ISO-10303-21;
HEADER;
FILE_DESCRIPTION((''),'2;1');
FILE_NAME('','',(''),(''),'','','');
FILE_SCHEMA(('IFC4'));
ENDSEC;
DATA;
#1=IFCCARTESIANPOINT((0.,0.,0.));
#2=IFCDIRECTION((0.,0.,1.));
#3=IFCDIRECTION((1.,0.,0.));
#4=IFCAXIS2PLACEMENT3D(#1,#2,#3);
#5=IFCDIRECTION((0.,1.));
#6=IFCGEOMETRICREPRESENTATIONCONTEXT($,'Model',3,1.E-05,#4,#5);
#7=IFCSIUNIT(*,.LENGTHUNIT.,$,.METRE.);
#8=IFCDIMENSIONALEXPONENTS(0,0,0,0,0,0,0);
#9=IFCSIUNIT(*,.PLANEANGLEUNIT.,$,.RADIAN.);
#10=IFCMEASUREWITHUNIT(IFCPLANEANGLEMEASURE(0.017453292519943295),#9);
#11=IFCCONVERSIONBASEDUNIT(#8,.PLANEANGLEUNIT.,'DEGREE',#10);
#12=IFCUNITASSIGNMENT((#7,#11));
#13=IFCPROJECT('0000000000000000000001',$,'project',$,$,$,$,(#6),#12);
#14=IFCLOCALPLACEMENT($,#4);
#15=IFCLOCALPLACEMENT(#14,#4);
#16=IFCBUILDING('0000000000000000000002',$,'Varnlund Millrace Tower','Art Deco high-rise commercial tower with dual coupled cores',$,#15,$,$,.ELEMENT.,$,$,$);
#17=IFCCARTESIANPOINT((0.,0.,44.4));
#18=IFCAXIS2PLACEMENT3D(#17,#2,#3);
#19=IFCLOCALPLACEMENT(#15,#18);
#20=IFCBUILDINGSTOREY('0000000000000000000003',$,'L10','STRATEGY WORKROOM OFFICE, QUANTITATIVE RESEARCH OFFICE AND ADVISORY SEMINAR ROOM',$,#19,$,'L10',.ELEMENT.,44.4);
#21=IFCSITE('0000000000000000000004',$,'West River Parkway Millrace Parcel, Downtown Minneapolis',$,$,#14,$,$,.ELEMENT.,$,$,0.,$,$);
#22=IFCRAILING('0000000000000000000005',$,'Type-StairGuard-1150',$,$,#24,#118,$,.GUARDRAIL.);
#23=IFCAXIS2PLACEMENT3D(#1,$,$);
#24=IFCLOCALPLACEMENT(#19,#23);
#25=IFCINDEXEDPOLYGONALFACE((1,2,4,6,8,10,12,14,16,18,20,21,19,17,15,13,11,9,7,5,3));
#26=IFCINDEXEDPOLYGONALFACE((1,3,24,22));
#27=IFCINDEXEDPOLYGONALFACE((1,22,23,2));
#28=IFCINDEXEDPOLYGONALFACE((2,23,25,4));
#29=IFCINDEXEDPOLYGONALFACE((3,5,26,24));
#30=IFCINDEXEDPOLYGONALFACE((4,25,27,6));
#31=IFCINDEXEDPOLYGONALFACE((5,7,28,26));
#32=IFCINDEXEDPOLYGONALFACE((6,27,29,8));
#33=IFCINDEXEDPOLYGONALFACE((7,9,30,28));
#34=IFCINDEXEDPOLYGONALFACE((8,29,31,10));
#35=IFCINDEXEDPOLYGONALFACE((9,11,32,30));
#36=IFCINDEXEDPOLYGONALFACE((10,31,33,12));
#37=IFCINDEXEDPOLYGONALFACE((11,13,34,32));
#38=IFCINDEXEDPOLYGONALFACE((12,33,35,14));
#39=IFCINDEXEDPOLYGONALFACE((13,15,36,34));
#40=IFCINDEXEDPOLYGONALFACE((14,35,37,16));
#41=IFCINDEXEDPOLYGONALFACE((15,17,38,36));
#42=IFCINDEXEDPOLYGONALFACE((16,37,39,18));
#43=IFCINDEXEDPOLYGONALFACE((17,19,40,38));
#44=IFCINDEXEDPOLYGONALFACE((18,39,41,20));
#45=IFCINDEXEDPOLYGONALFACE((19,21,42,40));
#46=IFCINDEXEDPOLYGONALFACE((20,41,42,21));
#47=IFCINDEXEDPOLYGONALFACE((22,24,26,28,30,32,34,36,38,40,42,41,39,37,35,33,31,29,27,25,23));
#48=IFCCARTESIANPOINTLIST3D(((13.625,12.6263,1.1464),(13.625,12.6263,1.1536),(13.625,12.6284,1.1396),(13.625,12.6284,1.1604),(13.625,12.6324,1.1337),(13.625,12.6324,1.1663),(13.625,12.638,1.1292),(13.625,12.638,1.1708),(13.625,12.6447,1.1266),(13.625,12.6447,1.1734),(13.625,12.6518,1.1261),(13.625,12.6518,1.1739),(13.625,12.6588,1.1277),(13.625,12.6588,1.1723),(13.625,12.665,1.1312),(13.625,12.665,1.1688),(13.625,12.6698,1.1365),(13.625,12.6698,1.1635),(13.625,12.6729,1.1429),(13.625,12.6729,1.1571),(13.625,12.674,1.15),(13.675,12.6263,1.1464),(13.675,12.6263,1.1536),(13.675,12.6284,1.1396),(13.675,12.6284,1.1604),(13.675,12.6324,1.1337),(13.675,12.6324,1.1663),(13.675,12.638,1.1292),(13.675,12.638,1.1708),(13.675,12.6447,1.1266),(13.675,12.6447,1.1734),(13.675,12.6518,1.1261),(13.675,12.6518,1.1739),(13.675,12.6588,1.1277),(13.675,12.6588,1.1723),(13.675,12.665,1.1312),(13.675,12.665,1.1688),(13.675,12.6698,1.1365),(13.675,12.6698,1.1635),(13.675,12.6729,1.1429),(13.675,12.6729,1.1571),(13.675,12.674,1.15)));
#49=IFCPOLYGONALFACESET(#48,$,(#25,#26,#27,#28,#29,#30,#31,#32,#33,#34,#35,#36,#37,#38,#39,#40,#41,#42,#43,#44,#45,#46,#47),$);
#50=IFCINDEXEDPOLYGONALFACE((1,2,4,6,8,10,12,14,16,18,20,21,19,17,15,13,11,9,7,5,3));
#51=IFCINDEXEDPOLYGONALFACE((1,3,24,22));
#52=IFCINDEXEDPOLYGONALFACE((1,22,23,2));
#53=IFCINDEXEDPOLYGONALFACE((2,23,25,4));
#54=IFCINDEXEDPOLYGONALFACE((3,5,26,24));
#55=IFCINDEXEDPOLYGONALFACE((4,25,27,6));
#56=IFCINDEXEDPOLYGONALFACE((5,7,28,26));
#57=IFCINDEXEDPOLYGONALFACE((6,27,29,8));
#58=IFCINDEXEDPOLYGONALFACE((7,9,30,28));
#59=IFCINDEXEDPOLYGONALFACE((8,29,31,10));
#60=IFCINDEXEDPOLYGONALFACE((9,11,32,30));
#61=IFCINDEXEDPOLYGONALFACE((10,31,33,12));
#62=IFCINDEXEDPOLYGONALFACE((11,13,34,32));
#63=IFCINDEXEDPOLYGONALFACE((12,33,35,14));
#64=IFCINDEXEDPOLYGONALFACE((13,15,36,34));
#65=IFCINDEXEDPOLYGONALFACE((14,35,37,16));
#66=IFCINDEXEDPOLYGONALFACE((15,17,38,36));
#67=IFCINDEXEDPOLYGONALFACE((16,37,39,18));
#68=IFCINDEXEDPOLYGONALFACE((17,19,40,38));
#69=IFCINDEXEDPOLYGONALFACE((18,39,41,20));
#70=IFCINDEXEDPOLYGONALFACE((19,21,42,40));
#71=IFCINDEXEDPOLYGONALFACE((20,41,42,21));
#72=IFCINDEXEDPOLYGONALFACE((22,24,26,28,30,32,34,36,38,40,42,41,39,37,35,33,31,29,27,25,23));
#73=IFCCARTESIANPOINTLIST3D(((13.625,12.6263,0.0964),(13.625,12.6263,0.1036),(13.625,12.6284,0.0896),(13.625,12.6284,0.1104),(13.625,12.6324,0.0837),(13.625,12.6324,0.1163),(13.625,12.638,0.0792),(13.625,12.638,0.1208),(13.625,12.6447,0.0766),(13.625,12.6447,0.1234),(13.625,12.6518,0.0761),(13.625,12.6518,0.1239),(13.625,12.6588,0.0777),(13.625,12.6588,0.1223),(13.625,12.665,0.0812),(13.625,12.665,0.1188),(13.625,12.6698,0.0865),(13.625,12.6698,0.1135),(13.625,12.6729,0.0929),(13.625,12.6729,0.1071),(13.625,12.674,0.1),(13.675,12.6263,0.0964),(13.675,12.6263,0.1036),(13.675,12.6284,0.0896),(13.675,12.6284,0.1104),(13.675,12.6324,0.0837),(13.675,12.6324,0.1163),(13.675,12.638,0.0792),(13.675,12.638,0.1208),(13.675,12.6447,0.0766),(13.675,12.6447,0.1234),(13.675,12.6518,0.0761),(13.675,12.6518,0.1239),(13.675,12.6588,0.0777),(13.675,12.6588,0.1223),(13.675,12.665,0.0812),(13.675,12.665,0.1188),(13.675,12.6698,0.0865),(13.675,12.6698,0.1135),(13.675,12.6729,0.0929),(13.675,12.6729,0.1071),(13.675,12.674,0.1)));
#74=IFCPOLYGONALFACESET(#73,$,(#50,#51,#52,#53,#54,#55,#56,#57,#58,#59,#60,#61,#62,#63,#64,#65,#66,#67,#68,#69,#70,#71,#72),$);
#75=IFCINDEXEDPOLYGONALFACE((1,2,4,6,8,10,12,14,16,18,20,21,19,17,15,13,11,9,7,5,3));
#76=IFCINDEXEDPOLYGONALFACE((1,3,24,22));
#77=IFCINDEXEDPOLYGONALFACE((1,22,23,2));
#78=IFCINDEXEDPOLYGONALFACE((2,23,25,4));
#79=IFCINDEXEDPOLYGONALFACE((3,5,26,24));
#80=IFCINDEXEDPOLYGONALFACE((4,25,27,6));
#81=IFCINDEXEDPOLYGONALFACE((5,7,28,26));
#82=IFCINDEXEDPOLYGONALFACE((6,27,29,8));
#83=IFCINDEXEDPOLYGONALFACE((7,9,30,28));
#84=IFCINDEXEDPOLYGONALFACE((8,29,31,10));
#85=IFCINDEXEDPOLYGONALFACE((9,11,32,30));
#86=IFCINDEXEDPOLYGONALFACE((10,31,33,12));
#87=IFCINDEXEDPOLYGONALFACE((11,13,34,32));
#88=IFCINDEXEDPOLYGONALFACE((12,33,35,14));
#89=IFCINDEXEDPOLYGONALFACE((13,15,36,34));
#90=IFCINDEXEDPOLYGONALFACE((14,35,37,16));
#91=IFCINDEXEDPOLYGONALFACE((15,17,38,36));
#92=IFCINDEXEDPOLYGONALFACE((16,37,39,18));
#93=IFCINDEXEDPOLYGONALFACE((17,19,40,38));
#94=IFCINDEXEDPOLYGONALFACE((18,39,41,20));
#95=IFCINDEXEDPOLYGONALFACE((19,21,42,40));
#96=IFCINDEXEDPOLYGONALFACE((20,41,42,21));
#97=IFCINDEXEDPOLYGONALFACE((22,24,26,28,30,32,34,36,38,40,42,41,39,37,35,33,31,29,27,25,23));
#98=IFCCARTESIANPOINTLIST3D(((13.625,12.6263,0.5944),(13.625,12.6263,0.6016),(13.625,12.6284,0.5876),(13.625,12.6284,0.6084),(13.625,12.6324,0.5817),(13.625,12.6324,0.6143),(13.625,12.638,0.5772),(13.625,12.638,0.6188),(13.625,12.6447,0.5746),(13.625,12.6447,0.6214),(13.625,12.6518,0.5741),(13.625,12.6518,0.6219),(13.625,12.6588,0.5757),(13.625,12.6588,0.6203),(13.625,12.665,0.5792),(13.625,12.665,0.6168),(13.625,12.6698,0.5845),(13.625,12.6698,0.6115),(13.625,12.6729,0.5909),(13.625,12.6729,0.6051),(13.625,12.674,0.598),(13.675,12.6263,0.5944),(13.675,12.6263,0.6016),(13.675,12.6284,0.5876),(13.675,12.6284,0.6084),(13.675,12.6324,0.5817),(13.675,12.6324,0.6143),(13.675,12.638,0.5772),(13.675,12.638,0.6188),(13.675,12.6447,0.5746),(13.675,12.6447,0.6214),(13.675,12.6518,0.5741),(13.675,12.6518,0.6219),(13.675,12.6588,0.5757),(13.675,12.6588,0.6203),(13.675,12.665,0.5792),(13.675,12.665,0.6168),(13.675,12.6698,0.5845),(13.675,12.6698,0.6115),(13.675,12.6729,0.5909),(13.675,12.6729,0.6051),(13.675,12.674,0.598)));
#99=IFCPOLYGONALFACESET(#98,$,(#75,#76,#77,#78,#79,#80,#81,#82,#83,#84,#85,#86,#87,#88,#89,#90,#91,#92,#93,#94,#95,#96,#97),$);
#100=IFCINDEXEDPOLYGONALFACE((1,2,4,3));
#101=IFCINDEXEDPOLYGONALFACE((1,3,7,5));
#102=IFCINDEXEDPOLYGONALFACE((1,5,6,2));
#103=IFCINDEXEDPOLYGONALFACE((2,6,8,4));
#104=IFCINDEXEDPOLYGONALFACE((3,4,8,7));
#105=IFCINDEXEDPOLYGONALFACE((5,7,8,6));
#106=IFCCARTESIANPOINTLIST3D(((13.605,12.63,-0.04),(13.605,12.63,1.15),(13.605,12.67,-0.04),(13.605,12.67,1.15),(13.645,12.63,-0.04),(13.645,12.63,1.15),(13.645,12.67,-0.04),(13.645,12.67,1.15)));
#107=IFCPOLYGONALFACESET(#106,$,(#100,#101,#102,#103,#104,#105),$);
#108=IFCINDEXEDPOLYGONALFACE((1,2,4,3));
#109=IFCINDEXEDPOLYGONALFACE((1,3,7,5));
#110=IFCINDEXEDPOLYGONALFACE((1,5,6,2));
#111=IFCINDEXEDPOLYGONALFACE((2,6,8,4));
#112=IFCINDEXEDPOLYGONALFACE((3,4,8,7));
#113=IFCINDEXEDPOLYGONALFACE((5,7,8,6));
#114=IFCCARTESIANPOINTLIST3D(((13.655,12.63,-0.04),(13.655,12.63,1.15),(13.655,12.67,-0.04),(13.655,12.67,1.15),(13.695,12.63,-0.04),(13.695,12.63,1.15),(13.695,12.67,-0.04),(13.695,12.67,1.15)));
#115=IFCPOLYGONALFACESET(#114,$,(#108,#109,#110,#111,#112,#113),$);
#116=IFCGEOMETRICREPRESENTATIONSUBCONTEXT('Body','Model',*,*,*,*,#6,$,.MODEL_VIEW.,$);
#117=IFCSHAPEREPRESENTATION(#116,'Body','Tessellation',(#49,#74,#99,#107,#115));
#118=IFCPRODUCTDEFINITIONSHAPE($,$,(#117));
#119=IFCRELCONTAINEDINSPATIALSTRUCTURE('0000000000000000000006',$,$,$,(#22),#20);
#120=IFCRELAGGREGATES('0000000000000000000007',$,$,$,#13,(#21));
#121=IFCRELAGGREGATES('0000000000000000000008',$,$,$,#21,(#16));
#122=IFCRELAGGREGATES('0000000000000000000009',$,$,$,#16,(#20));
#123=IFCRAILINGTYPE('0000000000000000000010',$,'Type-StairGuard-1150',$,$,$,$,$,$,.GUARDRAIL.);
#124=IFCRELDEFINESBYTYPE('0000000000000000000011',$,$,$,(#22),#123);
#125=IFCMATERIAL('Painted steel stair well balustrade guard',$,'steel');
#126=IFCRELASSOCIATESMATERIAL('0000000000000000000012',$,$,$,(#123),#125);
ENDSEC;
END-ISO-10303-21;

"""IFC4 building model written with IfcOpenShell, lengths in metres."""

from ifc_helpers import new_model, entity, si_unit, converted_unit, direction, frame, origin_with_axes, origin_2d_with_axis, place, context, subcontext, project, spatial, rectangle, circle, extrude, material, type_object, element, save


model = new_model("IFC4")

# Units and contexts
model_context = context("Model", 3, precision=1e-05, world=origin_with_axes(), true_north=direction((0.0, 1.0)))
body_context = subcontext(model_context, "Body", "Model", "MODEL_VIEW")
ifc_project = project(units=[si_unit("LENGTHUNIT", "METRE"), converted_unit("PLANEANGLEUNIT", "DEGREE", entity("IfcPlaneAngleMeasure", 0.017453292519943295), si_unit("PLANEANGLEUNIT", "RADIAN"), dimensions=[0, 0, 0, 0, 0, 0, 0])], contexts=[model_context])

# Site, building, storey
site_placement = place(None, origin_with_axes())
site = spatial("IfcSite", under=ifc_project, at=site_placement, Name="West River Parkway Millrace Parcel, Downtown Minneapolis", CompositionType="ELEMENT", RefElevation=0.0)
building_placement = place(site_placement, origin_with_axes())
building = spatial("IfcBuilding", under=site, at=building_placement, Name="Varnlund Millrace Tower", Description="Art Deco high-rise commercial tower with dual coupled cores", CompositionType="ELEMENT")
storey_placement = place(building_placement, frame((0.0, 0.0, 44.4), z_axis=(0.0, 0.0, 1.0), x_axis=(1.0, 0.0, 0.0)))
storey = spatial("IfcBuildingStorey", under=building, at=storey_placement, Name="L10", Description="STRATEGY WORKROOM OFFICE, QUANTITATIVE RESEARCH OFFICE AND ADVISORY SEMINAR ROOM", LongName="L10", CompositionType="ELEMENT", Elevation=44.4)

# Railing
ifc_material_1 = material(Name="Painted steel stair well balustrade guard", Category="steel")
railing_type_1 = type_object("IfcRailingType", Name="Type-StairGuard-1150", PredefinedType="GUARDRAIL", material=ifc_material_1)
railing_1_placement = place(storey_placement, frame((0.0, 0.0, -44.4), z_axis=(0.0, 0.0, 1.0), x_axis=(1.0, 0.0, 0.0)))
element("IfcRailing", 1, at=railing_1_placement, inside=storey, type_object=railing_type_1, Name="Type-StairGuard-1150", PredefinedType="GUARDRAIL", context=body_context, shape_type="SweptSolid", body=[
    extrude(circle(Radius=0.024, at=origin_2d_with_axis()), frame((13.625, 12.65, 45.55), z_axis=(1.0, 0.0, 0.0), x_axis=(0.0, 1.0, 0.0)), (0.0, 0.0, 1.0), 0.05),
    extrude(circle(Radius=0.024, at=origin_2d_with_axis()), frame((13.625, 12.65, 44.5), z_axis=(1.0, 0.0, 0.0), x_axis=(0.0, 1.0, 0.0)), (0.0, 0.0, 1.0), 0.05),
    extrude(circle(Radius=0.024, at=origin_2d_with_axis()), frame((13.625, 12.65, 44.998), z_axis=(1.0, 0.0, 0.0), x_axis=(0.0, 1.0, 0.0)), (0.0, 0.0, 1.0), 0.05),
    extrude(rectangle(XDim=0.04, YDim=0.04, at=origin_2d_with_axis()), frame((13.625, 12.65, 44.36), z_axis=(0.0, 0.0, 1.0), x_axis=(1.0, 0.0, 0.0)), (0.0, 0.0, 1.0), 1.19),
    extrude(rectangle(XDim=0.04, YDim=0.04, at=origin_2d_with_axis()), frame((13.675, 12.65, 44.36), z_axis=(0.0, 0.0, 1.0), x_axis=(1.0, 0.0, 0.0)), (0.0, 0.0, 1.0), 1.19),
])

save(model, "model.ifc")
